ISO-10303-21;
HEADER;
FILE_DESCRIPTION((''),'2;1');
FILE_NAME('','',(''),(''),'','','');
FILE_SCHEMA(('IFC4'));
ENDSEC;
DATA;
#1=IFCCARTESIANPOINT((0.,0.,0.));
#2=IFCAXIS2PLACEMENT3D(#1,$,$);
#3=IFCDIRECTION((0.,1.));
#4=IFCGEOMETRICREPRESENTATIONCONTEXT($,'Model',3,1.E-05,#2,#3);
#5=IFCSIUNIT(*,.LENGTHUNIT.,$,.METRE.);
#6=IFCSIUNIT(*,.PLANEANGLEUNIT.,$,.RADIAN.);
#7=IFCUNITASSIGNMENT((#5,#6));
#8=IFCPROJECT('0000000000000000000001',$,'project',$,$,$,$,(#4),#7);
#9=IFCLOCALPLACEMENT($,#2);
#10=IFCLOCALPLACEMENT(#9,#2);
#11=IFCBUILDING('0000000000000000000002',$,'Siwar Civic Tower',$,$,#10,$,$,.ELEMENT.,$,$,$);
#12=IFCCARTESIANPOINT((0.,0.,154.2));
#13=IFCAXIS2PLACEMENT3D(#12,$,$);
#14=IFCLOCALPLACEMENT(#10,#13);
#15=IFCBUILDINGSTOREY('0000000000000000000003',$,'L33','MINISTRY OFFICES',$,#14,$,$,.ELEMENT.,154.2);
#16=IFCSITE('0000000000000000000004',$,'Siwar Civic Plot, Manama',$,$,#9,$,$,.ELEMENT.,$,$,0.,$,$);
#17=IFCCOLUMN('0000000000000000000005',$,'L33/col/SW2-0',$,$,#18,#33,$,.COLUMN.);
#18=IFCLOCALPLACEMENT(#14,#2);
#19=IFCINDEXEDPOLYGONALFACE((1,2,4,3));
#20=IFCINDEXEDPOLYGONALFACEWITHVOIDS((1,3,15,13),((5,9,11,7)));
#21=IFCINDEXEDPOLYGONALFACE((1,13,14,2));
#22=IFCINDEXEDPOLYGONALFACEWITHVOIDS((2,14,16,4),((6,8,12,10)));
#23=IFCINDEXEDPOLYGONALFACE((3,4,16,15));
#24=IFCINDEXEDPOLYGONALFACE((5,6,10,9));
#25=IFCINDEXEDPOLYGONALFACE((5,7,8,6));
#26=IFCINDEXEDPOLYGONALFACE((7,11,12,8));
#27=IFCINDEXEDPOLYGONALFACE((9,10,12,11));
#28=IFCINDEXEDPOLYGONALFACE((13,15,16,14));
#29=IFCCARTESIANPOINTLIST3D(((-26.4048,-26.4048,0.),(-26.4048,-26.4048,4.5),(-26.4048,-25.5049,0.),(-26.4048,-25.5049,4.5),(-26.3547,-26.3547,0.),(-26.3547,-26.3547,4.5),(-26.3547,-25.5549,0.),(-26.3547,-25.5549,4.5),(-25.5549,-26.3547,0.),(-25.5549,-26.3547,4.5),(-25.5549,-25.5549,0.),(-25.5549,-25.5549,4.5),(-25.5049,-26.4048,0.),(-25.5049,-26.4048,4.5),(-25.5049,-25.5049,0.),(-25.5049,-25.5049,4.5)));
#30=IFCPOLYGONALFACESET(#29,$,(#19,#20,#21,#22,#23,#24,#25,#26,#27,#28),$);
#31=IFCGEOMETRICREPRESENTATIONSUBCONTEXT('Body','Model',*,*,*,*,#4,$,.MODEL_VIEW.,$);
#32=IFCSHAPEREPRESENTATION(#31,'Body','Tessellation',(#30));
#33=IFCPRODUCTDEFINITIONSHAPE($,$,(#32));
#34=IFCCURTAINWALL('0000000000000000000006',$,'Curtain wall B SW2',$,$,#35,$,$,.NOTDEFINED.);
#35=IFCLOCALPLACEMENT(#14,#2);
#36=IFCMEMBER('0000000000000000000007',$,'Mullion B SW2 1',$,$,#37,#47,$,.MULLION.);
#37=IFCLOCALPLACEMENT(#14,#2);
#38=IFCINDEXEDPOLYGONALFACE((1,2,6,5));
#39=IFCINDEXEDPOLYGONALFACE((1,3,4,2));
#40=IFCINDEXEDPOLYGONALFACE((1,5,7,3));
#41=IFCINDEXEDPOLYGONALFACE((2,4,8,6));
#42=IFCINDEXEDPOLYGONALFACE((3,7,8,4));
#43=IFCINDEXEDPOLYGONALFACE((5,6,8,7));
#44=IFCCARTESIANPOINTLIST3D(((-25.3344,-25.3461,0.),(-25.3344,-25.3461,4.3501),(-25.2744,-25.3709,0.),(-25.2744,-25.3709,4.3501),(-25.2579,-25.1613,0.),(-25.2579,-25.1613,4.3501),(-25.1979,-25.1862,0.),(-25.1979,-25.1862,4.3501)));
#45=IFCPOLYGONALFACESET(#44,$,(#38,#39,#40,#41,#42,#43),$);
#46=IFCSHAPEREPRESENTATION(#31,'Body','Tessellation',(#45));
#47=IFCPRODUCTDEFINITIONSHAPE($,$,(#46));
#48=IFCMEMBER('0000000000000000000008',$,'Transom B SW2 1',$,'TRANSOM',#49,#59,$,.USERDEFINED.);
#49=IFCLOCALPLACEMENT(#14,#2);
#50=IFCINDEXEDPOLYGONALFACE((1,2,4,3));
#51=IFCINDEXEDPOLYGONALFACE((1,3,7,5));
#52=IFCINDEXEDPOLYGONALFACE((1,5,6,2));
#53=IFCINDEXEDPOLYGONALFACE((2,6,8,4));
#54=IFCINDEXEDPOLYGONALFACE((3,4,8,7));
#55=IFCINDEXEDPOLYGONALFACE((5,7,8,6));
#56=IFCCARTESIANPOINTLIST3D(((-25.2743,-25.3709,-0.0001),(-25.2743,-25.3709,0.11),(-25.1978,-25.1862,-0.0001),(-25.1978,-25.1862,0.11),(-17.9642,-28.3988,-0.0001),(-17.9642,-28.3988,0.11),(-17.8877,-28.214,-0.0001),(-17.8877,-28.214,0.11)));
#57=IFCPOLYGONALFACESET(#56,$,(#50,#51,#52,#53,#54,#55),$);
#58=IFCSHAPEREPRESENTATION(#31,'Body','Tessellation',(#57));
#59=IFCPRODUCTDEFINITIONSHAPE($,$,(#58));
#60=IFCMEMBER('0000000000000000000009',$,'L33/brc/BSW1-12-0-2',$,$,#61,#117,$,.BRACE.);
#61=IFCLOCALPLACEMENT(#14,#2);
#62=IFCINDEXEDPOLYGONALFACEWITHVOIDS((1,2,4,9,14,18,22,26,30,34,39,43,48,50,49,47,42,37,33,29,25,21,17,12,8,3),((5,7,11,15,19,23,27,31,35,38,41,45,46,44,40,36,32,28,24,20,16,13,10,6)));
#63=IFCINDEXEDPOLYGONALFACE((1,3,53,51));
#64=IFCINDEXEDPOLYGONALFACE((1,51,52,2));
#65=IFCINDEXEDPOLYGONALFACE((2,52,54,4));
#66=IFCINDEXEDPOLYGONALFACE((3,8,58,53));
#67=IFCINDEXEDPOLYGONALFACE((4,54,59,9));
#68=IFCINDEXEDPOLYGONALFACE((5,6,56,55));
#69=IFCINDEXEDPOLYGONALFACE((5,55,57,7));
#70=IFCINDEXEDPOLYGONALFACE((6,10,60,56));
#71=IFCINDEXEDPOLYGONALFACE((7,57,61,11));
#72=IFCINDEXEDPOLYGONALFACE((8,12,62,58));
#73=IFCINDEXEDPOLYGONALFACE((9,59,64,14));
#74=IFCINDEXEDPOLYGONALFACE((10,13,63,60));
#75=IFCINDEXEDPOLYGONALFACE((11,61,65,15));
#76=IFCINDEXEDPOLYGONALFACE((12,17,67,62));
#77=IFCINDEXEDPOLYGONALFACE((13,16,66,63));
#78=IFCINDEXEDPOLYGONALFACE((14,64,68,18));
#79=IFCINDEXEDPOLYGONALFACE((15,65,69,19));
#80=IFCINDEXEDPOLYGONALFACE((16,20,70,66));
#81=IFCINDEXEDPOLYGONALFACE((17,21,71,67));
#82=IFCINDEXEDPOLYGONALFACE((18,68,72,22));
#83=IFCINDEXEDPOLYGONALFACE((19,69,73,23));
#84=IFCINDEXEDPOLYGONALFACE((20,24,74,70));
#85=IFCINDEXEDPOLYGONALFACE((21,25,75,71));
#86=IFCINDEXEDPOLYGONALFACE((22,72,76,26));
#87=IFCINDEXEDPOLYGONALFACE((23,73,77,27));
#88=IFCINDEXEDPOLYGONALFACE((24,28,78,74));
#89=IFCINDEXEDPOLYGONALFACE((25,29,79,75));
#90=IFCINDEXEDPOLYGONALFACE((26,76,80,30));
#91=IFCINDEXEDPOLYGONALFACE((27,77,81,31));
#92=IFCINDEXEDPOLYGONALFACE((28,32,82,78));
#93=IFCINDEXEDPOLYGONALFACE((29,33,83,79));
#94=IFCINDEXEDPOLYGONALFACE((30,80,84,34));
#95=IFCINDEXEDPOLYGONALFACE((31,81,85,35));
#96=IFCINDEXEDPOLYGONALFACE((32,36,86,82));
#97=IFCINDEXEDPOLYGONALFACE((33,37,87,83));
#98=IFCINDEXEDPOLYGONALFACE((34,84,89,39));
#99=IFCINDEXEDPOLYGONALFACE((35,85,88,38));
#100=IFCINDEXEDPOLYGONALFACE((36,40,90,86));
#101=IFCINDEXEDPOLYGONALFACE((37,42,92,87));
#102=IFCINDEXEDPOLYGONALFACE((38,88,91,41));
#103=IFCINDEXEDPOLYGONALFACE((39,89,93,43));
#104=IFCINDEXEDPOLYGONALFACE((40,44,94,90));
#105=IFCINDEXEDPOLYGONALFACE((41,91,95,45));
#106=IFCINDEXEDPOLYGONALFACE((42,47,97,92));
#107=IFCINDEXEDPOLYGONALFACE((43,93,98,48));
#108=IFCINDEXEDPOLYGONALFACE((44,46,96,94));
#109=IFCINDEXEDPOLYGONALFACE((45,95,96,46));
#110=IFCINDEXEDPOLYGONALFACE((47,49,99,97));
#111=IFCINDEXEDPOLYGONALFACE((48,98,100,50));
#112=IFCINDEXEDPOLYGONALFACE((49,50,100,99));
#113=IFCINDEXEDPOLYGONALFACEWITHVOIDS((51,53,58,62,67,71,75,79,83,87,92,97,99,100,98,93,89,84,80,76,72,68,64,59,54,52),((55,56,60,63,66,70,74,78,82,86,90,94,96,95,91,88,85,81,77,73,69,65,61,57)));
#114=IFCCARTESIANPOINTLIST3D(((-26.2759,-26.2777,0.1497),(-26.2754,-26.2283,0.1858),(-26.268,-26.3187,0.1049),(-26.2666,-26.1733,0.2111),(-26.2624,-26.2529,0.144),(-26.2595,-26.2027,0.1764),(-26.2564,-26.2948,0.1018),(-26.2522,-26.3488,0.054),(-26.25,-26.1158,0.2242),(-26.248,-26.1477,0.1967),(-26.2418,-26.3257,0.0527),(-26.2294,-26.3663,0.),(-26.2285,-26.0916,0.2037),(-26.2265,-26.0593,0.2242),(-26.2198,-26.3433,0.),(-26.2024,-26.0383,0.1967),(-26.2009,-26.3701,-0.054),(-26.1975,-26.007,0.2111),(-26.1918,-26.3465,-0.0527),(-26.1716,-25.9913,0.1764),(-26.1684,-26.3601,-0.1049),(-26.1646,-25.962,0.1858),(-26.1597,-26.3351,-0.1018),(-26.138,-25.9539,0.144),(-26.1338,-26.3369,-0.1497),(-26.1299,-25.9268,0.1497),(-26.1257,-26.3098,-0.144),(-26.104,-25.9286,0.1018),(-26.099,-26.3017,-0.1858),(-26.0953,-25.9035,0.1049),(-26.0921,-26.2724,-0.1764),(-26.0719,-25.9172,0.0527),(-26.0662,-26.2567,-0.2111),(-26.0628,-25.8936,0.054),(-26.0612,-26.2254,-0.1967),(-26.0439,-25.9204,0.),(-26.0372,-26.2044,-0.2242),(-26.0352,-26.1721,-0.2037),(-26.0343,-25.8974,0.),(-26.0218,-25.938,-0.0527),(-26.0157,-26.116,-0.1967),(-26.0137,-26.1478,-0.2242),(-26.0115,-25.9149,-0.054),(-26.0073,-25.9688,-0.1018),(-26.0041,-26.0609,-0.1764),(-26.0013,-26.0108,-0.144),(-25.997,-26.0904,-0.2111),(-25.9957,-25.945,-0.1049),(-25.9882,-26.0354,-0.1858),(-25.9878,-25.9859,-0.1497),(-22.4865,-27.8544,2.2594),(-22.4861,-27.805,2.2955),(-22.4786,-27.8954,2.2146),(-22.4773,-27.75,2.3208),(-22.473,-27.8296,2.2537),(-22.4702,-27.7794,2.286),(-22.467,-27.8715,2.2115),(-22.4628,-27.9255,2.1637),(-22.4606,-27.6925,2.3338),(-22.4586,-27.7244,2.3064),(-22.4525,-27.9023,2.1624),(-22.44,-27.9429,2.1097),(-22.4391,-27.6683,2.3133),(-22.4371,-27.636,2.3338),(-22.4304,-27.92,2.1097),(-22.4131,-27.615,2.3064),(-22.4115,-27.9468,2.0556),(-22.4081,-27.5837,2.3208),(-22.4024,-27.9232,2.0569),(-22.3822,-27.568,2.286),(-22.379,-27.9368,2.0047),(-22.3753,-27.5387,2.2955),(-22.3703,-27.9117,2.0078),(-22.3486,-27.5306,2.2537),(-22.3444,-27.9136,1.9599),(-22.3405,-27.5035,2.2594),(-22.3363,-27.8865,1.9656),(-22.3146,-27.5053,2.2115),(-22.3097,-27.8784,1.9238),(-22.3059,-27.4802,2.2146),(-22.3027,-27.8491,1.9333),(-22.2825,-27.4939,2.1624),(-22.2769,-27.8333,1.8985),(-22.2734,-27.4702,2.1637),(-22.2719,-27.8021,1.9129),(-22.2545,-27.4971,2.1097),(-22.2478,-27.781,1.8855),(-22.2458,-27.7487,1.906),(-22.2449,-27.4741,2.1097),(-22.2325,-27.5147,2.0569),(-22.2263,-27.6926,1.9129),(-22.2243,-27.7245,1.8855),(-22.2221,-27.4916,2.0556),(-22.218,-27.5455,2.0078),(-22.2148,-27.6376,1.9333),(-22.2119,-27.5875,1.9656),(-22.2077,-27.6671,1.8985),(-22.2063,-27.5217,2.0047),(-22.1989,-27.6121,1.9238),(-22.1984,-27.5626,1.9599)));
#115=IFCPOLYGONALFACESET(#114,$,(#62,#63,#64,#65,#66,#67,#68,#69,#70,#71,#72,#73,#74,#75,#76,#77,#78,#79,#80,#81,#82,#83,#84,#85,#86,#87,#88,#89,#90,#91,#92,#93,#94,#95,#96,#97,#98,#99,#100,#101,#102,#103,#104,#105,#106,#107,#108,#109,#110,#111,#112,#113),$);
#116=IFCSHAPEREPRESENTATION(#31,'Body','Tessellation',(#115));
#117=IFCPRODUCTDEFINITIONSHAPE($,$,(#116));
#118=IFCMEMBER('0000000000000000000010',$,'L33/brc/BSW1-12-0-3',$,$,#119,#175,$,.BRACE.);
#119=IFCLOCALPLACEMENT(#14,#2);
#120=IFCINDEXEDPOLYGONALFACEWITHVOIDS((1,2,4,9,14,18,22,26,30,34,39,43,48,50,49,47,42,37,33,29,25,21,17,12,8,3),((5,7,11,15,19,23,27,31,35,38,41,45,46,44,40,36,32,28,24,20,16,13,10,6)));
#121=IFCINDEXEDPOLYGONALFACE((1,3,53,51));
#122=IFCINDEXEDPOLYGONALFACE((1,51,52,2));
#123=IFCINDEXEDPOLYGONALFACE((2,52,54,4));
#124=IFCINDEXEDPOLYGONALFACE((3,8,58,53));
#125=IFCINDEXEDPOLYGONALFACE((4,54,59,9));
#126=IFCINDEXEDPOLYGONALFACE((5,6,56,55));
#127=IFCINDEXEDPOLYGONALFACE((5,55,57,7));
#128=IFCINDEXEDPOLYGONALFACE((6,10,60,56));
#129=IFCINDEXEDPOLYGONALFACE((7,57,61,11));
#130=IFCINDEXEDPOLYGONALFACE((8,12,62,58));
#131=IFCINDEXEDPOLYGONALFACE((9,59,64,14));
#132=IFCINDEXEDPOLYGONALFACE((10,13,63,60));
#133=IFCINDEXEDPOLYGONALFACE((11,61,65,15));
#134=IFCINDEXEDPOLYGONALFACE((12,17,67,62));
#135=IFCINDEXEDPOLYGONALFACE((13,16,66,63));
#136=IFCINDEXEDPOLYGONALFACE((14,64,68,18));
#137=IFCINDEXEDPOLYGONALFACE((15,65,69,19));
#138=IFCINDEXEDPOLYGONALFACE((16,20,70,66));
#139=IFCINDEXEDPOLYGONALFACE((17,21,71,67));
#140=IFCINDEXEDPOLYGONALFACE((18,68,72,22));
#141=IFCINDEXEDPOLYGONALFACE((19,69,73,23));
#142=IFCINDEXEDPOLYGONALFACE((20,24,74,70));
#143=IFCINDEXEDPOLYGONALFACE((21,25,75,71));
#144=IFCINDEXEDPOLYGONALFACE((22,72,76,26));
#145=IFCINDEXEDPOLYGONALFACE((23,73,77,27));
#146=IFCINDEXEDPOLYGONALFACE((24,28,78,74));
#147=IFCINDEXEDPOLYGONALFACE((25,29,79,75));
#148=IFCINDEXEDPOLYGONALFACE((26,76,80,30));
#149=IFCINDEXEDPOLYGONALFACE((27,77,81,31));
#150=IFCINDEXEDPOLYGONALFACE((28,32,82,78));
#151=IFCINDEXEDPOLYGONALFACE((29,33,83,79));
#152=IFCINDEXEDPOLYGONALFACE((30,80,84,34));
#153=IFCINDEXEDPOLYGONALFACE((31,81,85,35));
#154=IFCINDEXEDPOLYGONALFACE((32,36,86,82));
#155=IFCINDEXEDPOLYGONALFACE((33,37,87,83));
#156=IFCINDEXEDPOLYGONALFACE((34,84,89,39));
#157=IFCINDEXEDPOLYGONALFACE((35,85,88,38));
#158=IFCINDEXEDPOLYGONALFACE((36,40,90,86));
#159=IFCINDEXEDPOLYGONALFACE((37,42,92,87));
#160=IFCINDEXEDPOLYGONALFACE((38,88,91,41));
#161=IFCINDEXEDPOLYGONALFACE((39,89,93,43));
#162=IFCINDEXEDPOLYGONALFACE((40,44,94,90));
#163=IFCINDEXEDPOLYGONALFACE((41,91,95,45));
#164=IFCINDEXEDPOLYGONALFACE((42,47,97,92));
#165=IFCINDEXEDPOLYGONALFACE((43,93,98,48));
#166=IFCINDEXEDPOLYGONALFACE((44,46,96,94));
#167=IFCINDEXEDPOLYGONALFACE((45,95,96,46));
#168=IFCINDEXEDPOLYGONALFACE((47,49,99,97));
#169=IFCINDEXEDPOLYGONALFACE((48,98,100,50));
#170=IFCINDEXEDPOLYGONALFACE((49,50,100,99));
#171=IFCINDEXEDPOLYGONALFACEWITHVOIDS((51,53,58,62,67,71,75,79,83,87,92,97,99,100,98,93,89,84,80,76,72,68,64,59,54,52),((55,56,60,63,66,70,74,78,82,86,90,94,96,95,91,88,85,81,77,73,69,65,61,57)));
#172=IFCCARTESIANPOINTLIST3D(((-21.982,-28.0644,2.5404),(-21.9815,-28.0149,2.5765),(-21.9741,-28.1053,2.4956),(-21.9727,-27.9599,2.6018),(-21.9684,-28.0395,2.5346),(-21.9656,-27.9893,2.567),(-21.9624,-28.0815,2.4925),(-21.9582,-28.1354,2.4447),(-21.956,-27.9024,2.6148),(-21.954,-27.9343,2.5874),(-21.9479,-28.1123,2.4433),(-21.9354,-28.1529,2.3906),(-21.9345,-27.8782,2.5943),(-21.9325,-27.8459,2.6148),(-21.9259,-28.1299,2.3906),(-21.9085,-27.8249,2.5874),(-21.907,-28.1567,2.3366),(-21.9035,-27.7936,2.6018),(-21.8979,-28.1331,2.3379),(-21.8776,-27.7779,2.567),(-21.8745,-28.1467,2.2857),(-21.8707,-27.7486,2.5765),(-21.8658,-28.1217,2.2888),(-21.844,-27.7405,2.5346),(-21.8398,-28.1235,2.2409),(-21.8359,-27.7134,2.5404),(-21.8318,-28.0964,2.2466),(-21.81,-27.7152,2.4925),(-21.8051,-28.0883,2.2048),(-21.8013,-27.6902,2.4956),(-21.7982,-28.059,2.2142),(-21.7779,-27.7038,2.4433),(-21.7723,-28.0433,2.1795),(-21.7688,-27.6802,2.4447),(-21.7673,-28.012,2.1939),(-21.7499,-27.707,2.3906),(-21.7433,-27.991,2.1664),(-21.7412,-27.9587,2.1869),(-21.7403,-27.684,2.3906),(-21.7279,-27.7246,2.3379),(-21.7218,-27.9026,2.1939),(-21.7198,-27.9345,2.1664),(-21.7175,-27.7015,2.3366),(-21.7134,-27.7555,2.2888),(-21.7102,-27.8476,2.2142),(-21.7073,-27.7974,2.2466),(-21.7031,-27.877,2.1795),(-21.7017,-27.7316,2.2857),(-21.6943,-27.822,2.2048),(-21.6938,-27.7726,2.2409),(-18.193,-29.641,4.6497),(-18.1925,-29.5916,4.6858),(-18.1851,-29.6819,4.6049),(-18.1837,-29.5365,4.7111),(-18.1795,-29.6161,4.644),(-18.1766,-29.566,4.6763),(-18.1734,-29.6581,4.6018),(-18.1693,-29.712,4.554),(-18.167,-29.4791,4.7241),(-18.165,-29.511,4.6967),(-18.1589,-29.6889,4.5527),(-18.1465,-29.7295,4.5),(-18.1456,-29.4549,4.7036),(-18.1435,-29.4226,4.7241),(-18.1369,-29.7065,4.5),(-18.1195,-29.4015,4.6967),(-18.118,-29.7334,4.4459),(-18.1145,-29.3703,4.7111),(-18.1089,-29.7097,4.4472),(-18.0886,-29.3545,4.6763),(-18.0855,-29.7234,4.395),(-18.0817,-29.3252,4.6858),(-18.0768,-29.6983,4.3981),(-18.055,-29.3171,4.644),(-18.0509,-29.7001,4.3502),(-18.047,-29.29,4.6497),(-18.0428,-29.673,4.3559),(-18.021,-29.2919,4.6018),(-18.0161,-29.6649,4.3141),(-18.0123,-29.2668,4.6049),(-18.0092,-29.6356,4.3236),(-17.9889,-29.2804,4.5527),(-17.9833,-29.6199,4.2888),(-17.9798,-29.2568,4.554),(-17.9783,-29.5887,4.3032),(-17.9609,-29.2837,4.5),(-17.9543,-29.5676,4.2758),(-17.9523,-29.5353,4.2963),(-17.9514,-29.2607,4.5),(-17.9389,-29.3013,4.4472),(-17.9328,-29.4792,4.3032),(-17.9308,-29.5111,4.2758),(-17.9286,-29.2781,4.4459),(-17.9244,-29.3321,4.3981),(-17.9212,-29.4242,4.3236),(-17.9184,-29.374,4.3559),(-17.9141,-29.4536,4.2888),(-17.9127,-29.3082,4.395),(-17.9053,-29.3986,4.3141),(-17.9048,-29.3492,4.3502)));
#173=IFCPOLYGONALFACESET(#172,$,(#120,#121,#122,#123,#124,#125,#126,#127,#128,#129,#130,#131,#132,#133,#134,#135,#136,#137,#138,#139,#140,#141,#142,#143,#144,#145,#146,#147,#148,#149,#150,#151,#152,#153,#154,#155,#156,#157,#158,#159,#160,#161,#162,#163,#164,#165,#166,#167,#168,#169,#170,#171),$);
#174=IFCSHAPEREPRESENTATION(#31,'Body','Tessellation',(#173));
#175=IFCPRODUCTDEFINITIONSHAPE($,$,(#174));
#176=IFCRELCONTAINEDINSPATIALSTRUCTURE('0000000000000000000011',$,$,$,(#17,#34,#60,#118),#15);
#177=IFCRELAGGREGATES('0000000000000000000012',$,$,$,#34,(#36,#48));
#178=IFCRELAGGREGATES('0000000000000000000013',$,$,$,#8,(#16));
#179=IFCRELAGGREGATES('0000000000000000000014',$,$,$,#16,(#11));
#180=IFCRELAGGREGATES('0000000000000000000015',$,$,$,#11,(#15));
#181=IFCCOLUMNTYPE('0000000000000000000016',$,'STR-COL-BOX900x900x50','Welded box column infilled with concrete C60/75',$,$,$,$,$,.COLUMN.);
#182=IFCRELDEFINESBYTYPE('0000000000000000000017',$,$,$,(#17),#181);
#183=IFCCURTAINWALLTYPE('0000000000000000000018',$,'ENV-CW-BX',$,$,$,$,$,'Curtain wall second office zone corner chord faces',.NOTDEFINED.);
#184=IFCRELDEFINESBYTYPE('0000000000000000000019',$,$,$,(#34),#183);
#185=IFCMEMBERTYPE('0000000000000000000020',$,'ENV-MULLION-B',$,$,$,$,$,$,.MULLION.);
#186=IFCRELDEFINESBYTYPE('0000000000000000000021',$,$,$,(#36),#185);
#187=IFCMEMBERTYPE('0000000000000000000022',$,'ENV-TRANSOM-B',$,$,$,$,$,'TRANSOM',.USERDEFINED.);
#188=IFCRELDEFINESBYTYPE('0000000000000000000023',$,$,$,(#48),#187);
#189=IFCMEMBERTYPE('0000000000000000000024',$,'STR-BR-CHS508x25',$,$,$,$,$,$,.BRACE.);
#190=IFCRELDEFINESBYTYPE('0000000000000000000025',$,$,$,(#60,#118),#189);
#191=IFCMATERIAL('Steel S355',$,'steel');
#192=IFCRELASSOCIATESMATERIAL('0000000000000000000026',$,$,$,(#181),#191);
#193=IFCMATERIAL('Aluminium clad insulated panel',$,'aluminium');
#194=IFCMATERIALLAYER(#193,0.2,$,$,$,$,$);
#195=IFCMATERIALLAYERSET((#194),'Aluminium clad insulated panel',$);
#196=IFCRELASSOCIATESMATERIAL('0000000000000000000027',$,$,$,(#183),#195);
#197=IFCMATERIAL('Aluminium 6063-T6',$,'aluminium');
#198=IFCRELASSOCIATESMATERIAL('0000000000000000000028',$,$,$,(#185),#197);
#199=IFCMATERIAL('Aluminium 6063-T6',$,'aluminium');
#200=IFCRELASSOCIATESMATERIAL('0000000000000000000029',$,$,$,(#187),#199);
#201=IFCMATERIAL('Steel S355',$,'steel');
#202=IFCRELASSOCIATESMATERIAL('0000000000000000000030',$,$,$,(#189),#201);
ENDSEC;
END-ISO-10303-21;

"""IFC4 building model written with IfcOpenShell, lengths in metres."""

from ifc_helpers import new_model, si_unit, direction, frame, origin, origin_2d, place, context, subcontext, project, spatial, rectangle, hollow_rectangle, hollow_circle, extrude, material, layer, layer_set, material_profile, profile_set, type_object, element, aggregate, save


model = new_model("IFC4")

# Units and contexts
model_context = context("Model", 3, precision=1e-05, world=origin(), true_north=direction((0.0, 1.0)))
body_context = subcontext(model_context, "Body", "Model", "MODEL_VIEW")
ifc_project = project(units=[si_unit("LENGTHUNIT", "METRE"), si_unit("PLANEANGLEUNIT", "RADIAN")], contexts=[model_context])

# Site, building, storey
site_placement = place(None, origin())
site = spatial("IfcSite", under=ifc_project, at=site_placement, Name="Siwar Civic Plot, Manama", CompositionType="ELEMENT", RefElevation=0.0)
building_placement = place(site_placement, origin())
building = spatial("IfcBuilding", under=site, at=building_placement, Name="Siwar Civic Tower", CompositionType="ELEMENT")
storey_placement = place(building_placement, frame((0.0, 0.0, 154.2)))
storey = spatial("IfcBuildingStorey", under=building, at=storey_placement, Name="L33", Description="MINISTRY OFFICES", CompositionType="ELEMENT", Elevation=154.2)

# Column
ifc_material_1 = material(Name="Steel S355", Category="steel")
ifc_material_profile_1 = material_profile(ifc_material_1, hollow_rectangle(XDim=0.8999, YDim=0.8999, WallThickness=0.05, at=origin_2d()), Name="BOX900x900x50")
ifc_profile_set_1 = profile_set([ifc_material_profile_1], Name="Steel S355")
column_type = type_object("IfcColumnType", Name="STR-COL-BOX900x900x50", Description="Welded box column infilled with concrete C60/75", PredefinedType="COLUMN", material=ifc_profile_set_1)
column_placement = place(storey_placement, frame((-25.9548, -25.9548, 0.0), z_axis=(0.0, 0.0, 1.0), x_axis=(1.0, 0.0, 0.0)))
element("IfcColumn", 1, at=column_placement, inside=storey, type_object=column_type, Name="L33/col/SW2-0", PredefinedType="COLUMN", context=body_context, shape_type="SweptSolid", body=[
    extrude(hollow_rectangle(XDim=0.8999, YDim=0.8999, WallThickness=0.05, at=origin_2d()), origin(), (0.0, 0.0, 1.0), 4.5),
])

# Curtain wall, members
ifc_material_2 = material(Name="Aluminium clad insulated panel", Category="aluminium")
ifc_layer_1 = layer(ifc_material_2, 0.2)
ifc_layer_set_1 = layer_set([ifc_layer_1], Name="Aluminium clad insulated panel")
curtain_wall_type = type_object("IfcCurtainWallType", Name="ENV-CW-BX", ElementType="Curtain wall second office zone corner chord faces", PredefinedType="NOTDEFINED", material=ifc_layer_set_1)
curtain_wall_placement = place(storey_placement, origin())
curtain_wall = element("IfcCurtainWall", 2, at=curtain_wall_placement, inside=storey, type_object=curtain_wall_type, Name="Curtain wall B SW2", PredefinedType="NOTDEFINED")
ifc_material_3 = material(Name="Aluminium 6063-T6", Category="aluminium")
ifc_material_profile_2 = material_profile(ifc_material_3, rectangle(XDim=0.2, YDim=0.0649, at=origin_2d()), Name="AL 200x65")
ifc_profile_set_2 = profile_set([ifc_material_profile_2], Name="Aluminium 6063-T6")
member_type_1 = type_object("IfcMemberType", Name="ENV-MULLION-B", PredefinedType="MULLION", material=ifc_profile_set_2)
member_1_placement = place(storey_placement, frame((-25.2661, -25.2661, 0.0), z_axis=(0.0, 0.0, 1.0), x_axis=(0.382683, 0.92388, 0.0)))
member_1 = element("IfcMember", 3, at=member_1_placement, type_object=member_type_1, Name="Mullion B SW2 1", PredefinedType="MULLION", context=body_context, shape_type="SweptSolid", body=[
    extrude(rectangle(XDim=0.2, YDim=0.0649, at=origin_2d()), origin(), (0.0, 0.0, 1.0), 4.3501),
])
ifc_material_4 = material(Name="Aluminium 6063-T6", Category="aluminium")
ifc_material_profile_3 = material_profile(ifc_material_4, rectangle(XDim=0.2, YDim=0.1101, at=origin_2d()), Name="AL 200x110")
ifc_profile_set_3 = profile_set([ifc_material_profile_3], Name="Aluminium 6063-T6")
member_type_2 = type_object("IfcMemberType", Name="ENV-TRANSOM-B", ElementType="TRANSOM", PredefinedType="USERDEFINED", material=ifc_profile_set_3)
member_2_placement = place(storey_placement, frame((-25.2361, -25.2786, 0.0549), z_axis=(0.923884, -0.382673, 0.0), x_axis=(0.382673, 0.923884, 0.0)))
member_2 = element("IfcMember", 4, at=member_2_placement, type_object=member_type_2, Name="Transom B SW2 1", ObjectType="TRANSOM", PredefinedType="USERDEFINED", context=body_context, shape_type="SweptSolid", body=[
    extrude(rectangle(XDim=0.2, YDim=0.1101, at=origin_2d()), origin(), (0.0, 0.0, 1.0), 7.9124),
])

# Members
ifc_material_5 = material(Name="Steel S355", Category="steel")
ifc_material_profile_4 = material_profile(ifc_material_5, hollow_circle(Radius=0.2539, WallThickness=0.0249, at=origin_2d()), Name="CHS508x25")
ifc_profile_set_4 = profile_set([ifc_material_profile_4], Name="Steel S355")
member_type_3 = type_object("IfcMemberType", Name="STR-BR-CHS508x25", PredefinedType="BRACE", material=ifc_profile_set_4)
member_3_placement = place(storey_placement, frame((-26.1318, -26.1318, 0.0), z_axis=(0.821143, -0.341662, 0.457155), x_axis=(0.384155, 0.923269, 0.0)))
element("IfcMember", 5, at=member_3_placement, inside=storey, type_object=member_type_3, Name="L33/brc/BSW1-12-0-2", PredefinedType="BRACE", context=body_context, shape_type="SweptSolid", body=[
    extrude(hollow_circle(Radius=0.2539, WallThickness=0.0249, at=origin_2d()), origin(), (0.0, 0.0, 1.0), 4.6147),
])
member_4_placement = place(storey_placement, frame((-21.8379, -27.9185, 2.3906), z_axis=(0.821146, -0.341686, 0.457133), x_axis=(0.384176, 0.92326, 0.0)))
element("IfcMember", 6, at=member_4_placement, inside=storey, type_object=member_type_3, Name="L33/brc/BSW1-12-0-3", PredefinedType="BRACE", context=body_context, shape_type="SweptSolid", body=[
    extrude(hollow_circle(Radius=0.2539, WallThickness=0.0249, at=origin_2d()), origin(), (0.0, 0.0, 1.0), 4.6143),
])

aggregate(curtain_wall, [member_1, member_2])

save(model, "model.ifc")
